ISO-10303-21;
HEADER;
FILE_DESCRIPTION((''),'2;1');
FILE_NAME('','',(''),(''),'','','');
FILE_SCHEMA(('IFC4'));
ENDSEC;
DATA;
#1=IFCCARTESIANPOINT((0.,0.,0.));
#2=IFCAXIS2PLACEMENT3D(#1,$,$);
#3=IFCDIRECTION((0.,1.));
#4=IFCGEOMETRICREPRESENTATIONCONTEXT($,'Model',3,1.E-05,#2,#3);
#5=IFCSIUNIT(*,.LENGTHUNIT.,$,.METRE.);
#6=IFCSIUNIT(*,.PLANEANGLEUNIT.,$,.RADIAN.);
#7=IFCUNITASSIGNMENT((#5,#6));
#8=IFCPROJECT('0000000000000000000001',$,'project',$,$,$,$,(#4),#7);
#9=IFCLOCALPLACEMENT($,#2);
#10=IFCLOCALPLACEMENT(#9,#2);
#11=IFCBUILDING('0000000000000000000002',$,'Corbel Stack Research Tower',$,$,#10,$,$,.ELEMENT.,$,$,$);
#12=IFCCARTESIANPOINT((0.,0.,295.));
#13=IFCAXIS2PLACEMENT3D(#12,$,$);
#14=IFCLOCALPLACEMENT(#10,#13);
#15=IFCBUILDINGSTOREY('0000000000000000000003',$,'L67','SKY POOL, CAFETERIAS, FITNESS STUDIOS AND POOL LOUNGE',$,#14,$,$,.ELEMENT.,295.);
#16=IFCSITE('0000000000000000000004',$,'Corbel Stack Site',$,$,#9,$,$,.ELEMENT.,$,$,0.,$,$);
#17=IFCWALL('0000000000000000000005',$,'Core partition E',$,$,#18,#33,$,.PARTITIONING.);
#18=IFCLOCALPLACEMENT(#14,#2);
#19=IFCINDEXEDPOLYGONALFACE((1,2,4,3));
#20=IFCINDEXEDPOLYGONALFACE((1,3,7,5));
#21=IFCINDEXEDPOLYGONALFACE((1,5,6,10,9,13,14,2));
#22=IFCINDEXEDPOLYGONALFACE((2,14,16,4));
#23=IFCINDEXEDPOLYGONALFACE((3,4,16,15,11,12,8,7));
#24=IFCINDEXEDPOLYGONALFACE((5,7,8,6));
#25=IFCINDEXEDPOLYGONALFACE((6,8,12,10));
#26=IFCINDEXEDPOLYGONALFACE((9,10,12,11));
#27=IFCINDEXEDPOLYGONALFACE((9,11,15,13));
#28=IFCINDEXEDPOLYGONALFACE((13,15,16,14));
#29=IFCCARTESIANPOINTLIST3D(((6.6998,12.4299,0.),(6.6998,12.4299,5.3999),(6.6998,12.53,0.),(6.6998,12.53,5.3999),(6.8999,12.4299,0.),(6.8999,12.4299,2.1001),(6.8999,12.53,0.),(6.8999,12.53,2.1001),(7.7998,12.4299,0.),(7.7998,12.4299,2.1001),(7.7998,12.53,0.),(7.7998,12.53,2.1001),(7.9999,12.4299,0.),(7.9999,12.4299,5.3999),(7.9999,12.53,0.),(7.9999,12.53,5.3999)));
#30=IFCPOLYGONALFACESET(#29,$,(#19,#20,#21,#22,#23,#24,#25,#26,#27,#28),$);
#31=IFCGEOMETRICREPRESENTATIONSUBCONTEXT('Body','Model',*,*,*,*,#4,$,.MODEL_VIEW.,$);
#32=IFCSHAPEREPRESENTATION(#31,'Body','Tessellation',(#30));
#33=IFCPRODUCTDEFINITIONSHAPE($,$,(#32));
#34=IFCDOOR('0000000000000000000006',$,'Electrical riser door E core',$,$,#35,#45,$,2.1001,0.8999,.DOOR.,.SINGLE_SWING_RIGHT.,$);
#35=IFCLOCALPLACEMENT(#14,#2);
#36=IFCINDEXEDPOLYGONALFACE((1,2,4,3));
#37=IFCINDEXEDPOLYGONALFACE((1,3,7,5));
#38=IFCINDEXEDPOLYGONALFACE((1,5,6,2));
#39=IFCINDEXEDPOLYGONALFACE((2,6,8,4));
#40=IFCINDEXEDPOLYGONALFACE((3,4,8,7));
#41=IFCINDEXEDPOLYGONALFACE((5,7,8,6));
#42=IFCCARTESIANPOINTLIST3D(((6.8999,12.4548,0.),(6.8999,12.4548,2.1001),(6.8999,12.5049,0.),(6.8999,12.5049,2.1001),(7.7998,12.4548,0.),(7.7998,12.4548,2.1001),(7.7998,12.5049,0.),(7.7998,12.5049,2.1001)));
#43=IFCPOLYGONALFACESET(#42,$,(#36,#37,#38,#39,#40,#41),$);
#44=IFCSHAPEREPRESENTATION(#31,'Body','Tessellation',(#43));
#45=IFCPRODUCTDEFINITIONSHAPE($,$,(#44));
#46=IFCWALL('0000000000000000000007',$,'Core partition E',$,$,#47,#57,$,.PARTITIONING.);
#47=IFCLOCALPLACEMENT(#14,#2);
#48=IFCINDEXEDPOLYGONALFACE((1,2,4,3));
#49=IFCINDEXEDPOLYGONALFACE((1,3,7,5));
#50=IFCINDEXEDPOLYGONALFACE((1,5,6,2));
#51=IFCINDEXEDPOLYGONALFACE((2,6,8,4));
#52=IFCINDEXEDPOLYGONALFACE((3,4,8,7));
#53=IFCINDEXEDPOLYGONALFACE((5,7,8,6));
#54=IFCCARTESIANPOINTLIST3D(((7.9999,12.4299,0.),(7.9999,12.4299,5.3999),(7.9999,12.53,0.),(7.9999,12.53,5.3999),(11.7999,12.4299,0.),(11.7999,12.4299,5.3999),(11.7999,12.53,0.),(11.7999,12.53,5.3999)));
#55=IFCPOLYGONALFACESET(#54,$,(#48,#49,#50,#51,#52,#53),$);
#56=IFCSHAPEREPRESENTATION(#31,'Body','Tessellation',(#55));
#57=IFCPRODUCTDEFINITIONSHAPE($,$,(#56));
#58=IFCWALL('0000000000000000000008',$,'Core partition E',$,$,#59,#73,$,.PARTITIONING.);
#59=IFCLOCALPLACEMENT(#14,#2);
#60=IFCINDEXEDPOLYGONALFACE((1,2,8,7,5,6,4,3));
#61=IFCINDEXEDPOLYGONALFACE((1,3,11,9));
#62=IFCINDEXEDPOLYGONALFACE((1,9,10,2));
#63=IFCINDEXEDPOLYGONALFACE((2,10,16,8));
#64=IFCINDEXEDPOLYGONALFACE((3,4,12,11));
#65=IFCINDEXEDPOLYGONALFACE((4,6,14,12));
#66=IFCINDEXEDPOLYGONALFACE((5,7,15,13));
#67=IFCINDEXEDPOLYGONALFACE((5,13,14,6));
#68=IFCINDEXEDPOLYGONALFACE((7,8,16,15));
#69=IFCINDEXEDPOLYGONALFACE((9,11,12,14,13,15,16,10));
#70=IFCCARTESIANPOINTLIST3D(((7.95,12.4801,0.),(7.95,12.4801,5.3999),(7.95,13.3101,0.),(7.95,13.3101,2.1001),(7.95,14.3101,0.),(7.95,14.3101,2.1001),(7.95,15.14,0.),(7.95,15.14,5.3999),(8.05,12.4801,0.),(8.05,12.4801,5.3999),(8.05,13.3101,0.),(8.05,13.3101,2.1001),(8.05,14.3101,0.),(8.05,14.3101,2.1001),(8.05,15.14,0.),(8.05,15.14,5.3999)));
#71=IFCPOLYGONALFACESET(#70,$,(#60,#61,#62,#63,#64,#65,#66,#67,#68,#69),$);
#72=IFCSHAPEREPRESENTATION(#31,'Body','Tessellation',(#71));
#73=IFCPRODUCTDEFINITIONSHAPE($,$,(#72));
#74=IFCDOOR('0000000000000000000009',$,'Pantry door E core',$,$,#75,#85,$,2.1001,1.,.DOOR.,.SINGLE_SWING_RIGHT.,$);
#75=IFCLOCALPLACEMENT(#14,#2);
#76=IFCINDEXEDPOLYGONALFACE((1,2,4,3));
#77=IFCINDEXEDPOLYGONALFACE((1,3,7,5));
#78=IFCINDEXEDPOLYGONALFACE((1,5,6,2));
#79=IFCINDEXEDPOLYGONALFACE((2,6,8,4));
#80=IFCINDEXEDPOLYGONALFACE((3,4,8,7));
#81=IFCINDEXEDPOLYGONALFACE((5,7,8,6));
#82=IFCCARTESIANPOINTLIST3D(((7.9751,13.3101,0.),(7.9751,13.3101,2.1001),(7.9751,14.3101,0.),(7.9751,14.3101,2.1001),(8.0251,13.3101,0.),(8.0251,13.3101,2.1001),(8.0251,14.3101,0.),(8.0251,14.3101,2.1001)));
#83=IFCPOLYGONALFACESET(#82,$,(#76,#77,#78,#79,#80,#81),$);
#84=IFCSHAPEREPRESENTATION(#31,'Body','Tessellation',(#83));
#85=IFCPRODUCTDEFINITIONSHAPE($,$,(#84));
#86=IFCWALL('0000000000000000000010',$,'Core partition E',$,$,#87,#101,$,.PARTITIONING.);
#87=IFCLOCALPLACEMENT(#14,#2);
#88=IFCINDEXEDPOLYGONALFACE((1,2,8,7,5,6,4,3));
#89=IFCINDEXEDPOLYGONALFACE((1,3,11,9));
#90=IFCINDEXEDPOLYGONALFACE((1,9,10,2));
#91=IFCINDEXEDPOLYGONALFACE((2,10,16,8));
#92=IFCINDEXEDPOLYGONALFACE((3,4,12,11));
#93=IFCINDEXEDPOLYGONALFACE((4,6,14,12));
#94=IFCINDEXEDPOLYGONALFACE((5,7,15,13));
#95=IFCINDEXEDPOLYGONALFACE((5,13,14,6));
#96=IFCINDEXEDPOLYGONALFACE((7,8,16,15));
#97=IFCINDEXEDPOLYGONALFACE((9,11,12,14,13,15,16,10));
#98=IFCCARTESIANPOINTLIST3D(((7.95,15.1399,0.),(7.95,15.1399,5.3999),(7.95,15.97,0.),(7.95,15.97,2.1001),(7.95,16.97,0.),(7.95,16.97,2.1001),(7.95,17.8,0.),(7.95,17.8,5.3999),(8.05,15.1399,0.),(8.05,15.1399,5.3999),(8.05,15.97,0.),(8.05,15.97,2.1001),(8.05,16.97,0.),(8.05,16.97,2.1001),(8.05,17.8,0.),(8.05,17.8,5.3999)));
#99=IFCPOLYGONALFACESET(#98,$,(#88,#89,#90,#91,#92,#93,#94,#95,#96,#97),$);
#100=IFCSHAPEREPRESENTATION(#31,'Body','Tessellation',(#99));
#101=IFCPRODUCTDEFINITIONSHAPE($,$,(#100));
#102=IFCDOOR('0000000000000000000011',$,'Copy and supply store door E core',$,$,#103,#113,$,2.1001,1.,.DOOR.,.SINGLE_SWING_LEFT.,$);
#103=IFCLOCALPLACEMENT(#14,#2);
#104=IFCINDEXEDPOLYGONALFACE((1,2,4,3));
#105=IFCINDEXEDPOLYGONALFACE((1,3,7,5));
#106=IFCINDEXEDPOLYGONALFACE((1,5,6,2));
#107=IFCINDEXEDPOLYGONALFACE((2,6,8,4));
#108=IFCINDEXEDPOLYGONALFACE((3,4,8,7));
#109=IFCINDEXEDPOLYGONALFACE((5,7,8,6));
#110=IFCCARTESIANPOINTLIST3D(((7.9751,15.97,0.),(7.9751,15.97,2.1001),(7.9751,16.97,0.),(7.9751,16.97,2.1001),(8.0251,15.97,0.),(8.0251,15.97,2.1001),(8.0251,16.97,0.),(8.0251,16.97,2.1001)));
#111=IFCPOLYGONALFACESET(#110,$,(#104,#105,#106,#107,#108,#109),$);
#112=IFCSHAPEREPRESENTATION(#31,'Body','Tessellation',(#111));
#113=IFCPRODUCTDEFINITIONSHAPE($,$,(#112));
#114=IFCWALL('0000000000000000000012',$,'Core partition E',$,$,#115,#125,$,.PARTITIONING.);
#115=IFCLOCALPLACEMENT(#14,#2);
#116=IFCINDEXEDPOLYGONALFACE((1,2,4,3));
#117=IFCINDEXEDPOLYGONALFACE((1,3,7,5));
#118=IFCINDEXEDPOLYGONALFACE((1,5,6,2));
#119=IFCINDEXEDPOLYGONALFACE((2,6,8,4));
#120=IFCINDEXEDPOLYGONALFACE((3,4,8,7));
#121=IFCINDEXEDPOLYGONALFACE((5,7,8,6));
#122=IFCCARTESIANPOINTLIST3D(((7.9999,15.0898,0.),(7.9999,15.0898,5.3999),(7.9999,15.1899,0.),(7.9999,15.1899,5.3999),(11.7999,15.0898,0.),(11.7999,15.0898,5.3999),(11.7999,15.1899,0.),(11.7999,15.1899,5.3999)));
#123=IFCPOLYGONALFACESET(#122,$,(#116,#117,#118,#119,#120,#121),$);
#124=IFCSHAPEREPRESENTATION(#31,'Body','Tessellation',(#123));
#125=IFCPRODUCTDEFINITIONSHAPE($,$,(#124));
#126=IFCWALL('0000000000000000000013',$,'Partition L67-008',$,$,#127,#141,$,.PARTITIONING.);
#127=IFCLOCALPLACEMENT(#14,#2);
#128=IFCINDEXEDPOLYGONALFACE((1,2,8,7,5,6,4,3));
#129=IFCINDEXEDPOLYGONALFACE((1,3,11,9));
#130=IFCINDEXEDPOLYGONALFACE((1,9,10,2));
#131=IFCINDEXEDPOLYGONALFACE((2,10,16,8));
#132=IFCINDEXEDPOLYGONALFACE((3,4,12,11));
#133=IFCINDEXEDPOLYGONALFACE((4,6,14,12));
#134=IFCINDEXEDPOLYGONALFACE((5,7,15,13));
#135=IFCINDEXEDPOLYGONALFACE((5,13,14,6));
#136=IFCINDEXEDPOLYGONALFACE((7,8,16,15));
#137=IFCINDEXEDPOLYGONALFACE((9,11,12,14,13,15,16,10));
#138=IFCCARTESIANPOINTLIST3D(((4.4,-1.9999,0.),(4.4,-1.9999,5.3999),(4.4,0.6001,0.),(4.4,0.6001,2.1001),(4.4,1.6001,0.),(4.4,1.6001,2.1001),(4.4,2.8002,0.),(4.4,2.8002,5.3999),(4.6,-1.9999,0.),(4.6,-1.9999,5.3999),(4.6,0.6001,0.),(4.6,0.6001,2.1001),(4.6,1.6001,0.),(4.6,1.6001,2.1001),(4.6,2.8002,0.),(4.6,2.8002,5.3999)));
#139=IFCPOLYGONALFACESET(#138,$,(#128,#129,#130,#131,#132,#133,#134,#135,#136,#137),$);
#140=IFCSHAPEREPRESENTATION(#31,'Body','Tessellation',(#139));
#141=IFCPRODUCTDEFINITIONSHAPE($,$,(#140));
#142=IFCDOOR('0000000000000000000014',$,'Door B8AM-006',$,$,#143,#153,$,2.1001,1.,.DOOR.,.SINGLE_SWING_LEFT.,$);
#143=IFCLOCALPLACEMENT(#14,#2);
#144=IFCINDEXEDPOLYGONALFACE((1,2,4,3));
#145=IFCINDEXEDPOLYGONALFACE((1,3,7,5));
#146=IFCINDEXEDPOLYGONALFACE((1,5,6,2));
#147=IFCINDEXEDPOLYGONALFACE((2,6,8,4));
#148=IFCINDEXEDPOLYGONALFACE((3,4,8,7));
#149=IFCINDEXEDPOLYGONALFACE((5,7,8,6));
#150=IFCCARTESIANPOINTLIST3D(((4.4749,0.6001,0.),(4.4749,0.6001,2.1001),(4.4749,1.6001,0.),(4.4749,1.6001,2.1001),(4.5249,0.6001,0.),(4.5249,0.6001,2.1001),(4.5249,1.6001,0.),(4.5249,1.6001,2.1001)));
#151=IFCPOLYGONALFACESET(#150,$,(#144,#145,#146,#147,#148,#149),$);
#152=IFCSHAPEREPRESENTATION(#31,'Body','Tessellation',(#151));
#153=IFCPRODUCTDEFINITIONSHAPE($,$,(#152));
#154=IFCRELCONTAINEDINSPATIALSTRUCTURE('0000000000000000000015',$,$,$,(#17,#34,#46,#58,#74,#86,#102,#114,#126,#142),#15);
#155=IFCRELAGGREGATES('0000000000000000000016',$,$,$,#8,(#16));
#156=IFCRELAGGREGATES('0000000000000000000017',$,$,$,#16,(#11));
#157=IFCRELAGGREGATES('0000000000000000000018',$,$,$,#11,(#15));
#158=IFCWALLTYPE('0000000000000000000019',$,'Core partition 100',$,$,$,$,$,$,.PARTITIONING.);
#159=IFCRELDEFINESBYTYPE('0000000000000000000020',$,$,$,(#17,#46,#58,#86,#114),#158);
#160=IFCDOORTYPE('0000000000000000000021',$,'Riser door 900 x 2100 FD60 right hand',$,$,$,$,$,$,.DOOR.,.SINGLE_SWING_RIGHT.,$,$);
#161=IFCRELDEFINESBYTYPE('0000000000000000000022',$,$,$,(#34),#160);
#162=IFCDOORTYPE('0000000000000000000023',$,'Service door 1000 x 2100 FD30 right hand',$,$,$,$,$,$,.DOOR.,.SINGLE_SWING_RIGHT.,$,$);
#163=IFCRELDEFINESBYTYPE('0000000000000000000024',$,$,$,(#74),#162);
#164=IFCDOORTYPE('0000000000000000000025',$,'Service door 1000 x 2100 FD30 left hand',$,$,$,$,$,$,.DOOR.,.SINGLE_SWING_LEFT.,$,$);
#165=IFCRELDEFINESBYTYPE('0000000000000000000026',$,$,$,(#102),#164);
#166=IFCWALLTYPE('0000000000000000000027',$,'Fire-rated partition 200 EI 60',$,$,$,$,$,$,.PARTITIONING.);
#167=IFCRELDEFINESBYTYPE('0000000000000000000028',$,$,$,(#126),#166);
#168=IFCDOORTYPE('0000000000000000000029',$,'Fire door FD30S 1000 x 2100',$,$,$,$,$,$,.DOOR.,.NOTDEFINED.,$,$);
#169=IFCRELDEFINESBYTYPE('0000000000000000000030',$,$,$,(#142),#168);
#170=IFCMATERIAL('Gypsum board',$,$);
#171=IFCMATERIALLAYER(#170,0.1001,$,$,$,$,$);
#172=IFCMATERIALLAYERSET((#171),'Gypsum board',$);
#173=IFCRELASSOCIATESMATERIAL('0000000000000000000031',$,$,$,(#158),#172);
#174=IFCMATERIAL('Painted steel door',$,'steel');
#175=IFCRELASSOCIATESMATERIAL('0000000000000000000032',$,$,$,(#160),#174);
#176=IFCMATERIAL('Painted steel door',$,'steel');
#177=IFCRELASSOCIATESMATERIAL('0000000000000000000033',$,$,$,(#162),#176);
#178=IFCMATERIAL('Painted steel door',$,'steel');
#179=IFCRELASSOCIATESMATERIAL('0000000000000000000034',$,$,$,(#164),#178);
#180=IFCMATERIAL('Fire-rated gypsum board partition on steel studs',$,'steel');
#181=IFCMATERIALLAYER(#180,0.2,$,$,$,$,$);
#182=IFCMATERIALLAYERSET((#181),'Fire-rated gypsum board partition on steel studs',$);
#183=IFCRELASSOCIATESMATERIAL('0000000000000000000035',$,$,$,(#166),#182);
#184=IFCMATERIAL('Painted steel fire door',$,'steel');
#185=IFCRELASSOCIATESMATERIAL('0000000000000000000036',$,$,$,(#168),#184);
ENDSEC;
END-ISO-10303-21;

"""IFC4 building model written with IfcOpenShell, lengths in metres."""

from ifc_helpers import new_model, si_unit, direction, frame, frame_2d, origin, place, context, subcontext, project, spatial, rectangle, extrude, material, layer, layer_set, type_object, element, fill, save


model = new_model("IFC4")

# Units and contexts
model_context = context("Model", 3, precision=1e-05, world=origin(), true_north=direction((0.0, 1.0)))
body_context = subcontext(model_context, "Body", "Model", "MODEL_VIEW")
ifc_project = project(units=[si_unit("LENGTHUNIT", "METRE"), si_unit("PLANEANGLEUNIT", "RADIAN")], contexts=[model_context])

# Site, building, storey
site_placement = place(None, origin())
site = spatial("IfcSite", under=ifc_project, at=site_placement, Name="Corbel Stack Site", CompositionType="ELEMENT", RefElevation=0.0)
building_placement = place(site_placement, origin())
building = spatial("IfcBuilding", under=site, at=building_placement, Name="Corbel Stack Research Tower", CompositionType="ELEMENT")
storey_placement = place(building_placement, frame((0.0, 0.0, 295.0)))
storey = spatial("IfcBuildingStorey", under=building, at=storey_placement, Name="L67", Description="SKY POOL, CAFETERIAS, FITNESS STUDIOS AND POOL LOUNGE", CompositionType="ELEMENT", Elevation=295.0)

# Wall, opening, door
ifc_material_1 = material(Name="Gypsum board")
ifc_layer_1 = layer(ifc_material_1, 0.1001)
ifc_layer_set_1 = layer_set([ifc_layer_1], Name="Gypsum board")
wall_type_1 = type_object("IfcWallType", Name="Core partition 100", PredefinedType="PARTITIONING", material=ifc_layer_set_1)
wall_1_placement = place(storey_placement, frame((6.7, 12.48, 0.0), z_axis=(0.0, 0.0, 1.0), x_axis=(1.0, 0.0, 0.0)))
wall_1 = element("IfcWall", 1, at=wall_1_placement, inside=storey, type_object=wall_type_1, Name="Core partition E", PredefinedType="PARTITIONING", context=body_context, shape_type="SweptSolid", body=[
    extrude(rectangle(XDim=1.3, YDim=0.1001, at=frame_2d((0.6499, 0.0))), origin(), (0.0, 0.0, 1.0), 5.3999),
])
opening_1_placement = place(wall_1_placement, frame((0.2, 0.0, 0.0)))
opening_1 = element("IfcOpeningElement", 2, at=opening_1_placement, cuts=wall_1, PredefinedType="OPENING", context=body_context, shape_type="SweptSolid", body=[
    extrude(rectangle(XDim=0.8999, YDim=2.1001, at=frame_2d((0.45, 1.05))), frame((0.0, 0.0601, 0.0), z_axis=(0.0, -1.0, 0.0), x_axis=(1.0, 0.0, 0.0)), (0.0, 0.0, 1.0), 0.1201),
])
ifc_material_2 = material(Name="Painted steel door", Category="steel")
door_type_1 = type_object("IfcDoorType", Name="Riser door 900 x 2100 FD60 right hand", OperationType="SINGLE_SWING_RIGHT", PredefinedType="DOOR", material=ifc_material_2)
door_1_placement = place(opening_1_placement, origin())
door_1 = element("IfcDoor", 3, at=door_1_placement, inside=storey, type_object=door_type_1, Name="Electrical riser door E core", OperationType="SINGLE_SWING_RIGHT", OverallHeight=2.1001, OverallWidth=0.8999, PredefinedType="DOOR", context=body_context, shape_type="SweptSolid", body=[
    extrude(rectangle(XDim=0.8999, YDim=2.1001, at=frame_2d((0.45, 1.05))), frame((0.0, 0.0249, 0.0), z_axis=(0.0, -1.0, 0.0), x_axis=(1.0, 0.0, 0.0)), (0.0, 0.0, 1.0), 0.05),
])
fill(opening_1, door_1)

# Wall
wall_2_placement = place(storey_placement, frame((8.0, 12.48, 0.0), z_axis=(0.0, 0.0, 1.0), x_axis=(1.0, 0.0, 0.0)))
element("IfcWall", 4, at=wall_2_placement, inside=storey, type_object=wall_type_1, Name="Core partition E", PredefinedType="PARTITIONING", context=body_context, shape_type="SweptSolid", body=[
    extrude(rectangle(XDim=3.8, YDim=0.1001, at=frame_2d((1.8999, 0.0))), origin(), (0.0, 0.0, 1.0), 5.3999),
])

# Walls, openings, doors
wall_3_placement = place(storey_placement, frame((8.0, 12.48, 0.0), z_axis=(0.0, 0.0, 1.0), x_axis=(0.0, 1.0, 0.0)))
wall_3 = element("IfcWall", 5, at=wall_3_placement, inside=storey, type_object=wall_type_1, Name="Core partition E", PredefinedType="PARTITIONING", context=body_context, shape_type="SweptSolid", body=[
    extrude(rectangle(XDim=2.6599, YDim=0.1001, at=frame_2d((1.3301, 0.0))), origin(), (0.0, 0.0, 1.0), 5.3999),
])
opening_2_placement = place(wall_3_placement, frame((0.8301, 0.0, 0.0)))
opening_2 = element("IfcOpeningElement", 6, at=opening_2_placement, cuts=wall_3, PredefinedType="OPENING", context=body_context, shape_type="SweptSolid", body=[
    extrude(rectangle(XDim=1.0, YDim=2.1001, at=frame_2d((0.5, 1.05))), frame((0.0, 0.0601, 0.0), z_axis=(0.0, -1.0, 0.0), x_axis=(1.0, 0.0, 0.0)), (0.0, 0.0, 1.0), 0.1201),
])
ifc_material_3 = material(Name="Painted steel door", Category="steel")
door_type_2 = type_object("IfcDoorType", Name="Service door 1000 x 2100 FD30 right hand", OperationType="SINGLE_SWING_RIGHT", PredefinedType="DOOR", material=ifc_material_3)
door_2_placement = place(opening_2_placement, origin())
door_2 = element("IfcDoor", 7, at=door_2_placement, inside=storey, type_object=door_type_2, Name="Pantry door E core", OperationType="SINGLE_SWING_RIGHT", OverallHeight=2.1001, OverallWidth=1.0, PredefinedType="DOOR", context=body_context, shape_type="SweptSolid", body=[
    extrude(rectangle(XDim=1.0, YDim=2.1001, at=frame_2d((0.5, 1.05))), frame((0.0, 0.0249, 0.0), z_axis=(0.0, -1.0, 0.0), x_axis=(1.0, 0.0, 0.0)), (0.0, 0.0, 1.0), 0.05),
])
fill(opening_2, door_2)
wall_4_placement = place(storey_placement, frame((8.0, 15.1399, 0.0), z_axis=(0.0, 0.0, 1.0), x_axis=(0.0, 1.0, 0.0)))
wall_4 = element("IfcWall", 8, at=wall_4_placement, inside=storey, type_object=wall_type_1, Name="Core partition E", PredefinedType="PARTITIONING", context=body_context, shape_type="SweptSolid", body=[
    extrude(rectangle(XDim=2.6602, YDim=0.1001, at=frame_2d((1.3301, 0.0))), origin(), (0.0, 0.0, 1.0), 5.3999),
])
opening_3_placement = place(wall_4_placement, frame((0.8301, 0.0, 0.0)))
opening_3 = element("IfcOpeningElement", 9, at=opening_3_placement, cuts=wall_4, PredefinedType="OPENING", context=body_context, shape_type="SweptSolid", body=[
    extrude(rectangle(XDim=1.0, YDim=2.1001, at=frame_2d((0.5, 1.05))), frame((0.0, 0.0601, 0.0), z_axis=(0.0, -1.0, 0.0), x_axis=(1.0, 0.0, 0.0)), (0.0, 0.0, 1.0), 0.1201),
])
ifc_material_4 = material(Name="Painted steel door", Category="steel")
door_type_3 = type_object("IfcDoorType", Name="Service door 1000 x 2100 FD30 left hand", OperationType="SINGLE_SWING_LEFT", PredefinedType="DOOR", material=ifc_material_4)
door_3_placement = place(opening_3_placement, origin())
door_3 = element("IfcDoor", 10, at=door_3_placement, inside=storey, type_object=door_type_3, Name="Copy and supply store door E core", OperationType="SINGLE_SWING_LEFT", OverallHeight=2.1001, OverallWidth=1.0, PredefinedType="DOOR", context=body_context, shape_type="SweptSolid", body=[
    extrude(rectangle(XDim=1.0, YDim=2.1001, at=frame_2d((0.5, 1.05))), frame((0.0, 0.0249, 0.0), z_axis=(0.0, -1.0, 0.0), x_axis=(1.0, 0.0, 0.0)), (0.0, 0.0, 1.0), 0.05),
])
fill(opening_3, door_3)

# Wall
wall_5_placement = place(storey_placement, frame((8.0, 15.1399, 0.0), z_axis=(0.0, 0.0, 1.0), x_axis=(1.0, 0.0, 0.0)))
element("IfcWall", 11, at=wall_5_placement, inside=storey, type_object=wall_type_1, Name="Core partition E", PredefinedType="PARTITIONING", context=body_context, shape_type="SweptSolid", body=[
    extrude(rectangle(XDim=3.8, YDim=0.1001, at=frame_2d((1.8999, 0.0))), origin(), (0.0, 0.0, 1.0), 5.3999),
])

# Wall, opening, door
ifc_material_5 = material(Name="Fire-rated gypsum board partition on steel studs", Category="steel")
ifc_layer_2 = layer(ifc_material_5, 0.2)
ifc_layer_set_2 = layer_set([ifc_layer_2], Name="Fire-rated gypsum board partition on steel studs")
wall_type_2 = type_object("IfcWallType", Name="Fire-rated partition 200 EI 60", PredefinedType="PARTITIONING", material=ifc_layer_set_2)
wall_6_placement = place(storey_placement, frame((4.5, 2.8, 0.0), z_axis=(0.0, 0.0, 1.0), x_axis=(0.0, -1.0, 0.0)))
wall_6 = element("IfcWall", 12, at=wall_6_placement, inside=storey, type_object=wall_type_2, Name="Partition L67-008", PredefinedType="PARTITIONING", context=body_context, shape_type="SweptSolid", body=[
    extrude(rectangle(XDim=4.8, YDim=0.2, at=frame_2d((2.3999, 0.0))), origin(), (0.0, 0.0, 1.0), 5.3999),
])
opening_4_placement = place(wall_6_placement, frame((1.2, 0.0, 0.0)))
opening_4 = element("IfcOpeningElement", 13, at=opening_4_placement, cuts=wall_6, PredefinedType="OPENING", context=body_context, shape_type="SweptSolid", body=[
    extrude(rectangle(XDim=1.0, YDim=2.1001, at=frame_2d((0.5, 1.05))), frame((0.0, 0.1099, 0.0), z_axis=(0.0, -1.0, 0.0), x_axis=(1.0, 0.0, 0.0)), (0.0, 0.0, 1.0), 0.22),
])
ifc_material_6 = material(Name="Painted steel fire door", Category="steel")
door_type_4 = type_object("IfcDoorType", Name="Fire door FD30S 1000 x 2100", OperationType="NOTDEFINED", PredefinedType="DOOR", material=ifc_material_6)
door_4_placement = place(opening_4_placement, origin())
door_4 = element("IfcDoor", 14, at=door_4_placement, inside=storey, type_object=door_type_4, Name="Door B8AM-006", OperationType="SINGLE_SWING_LEFT", OverallHeight=2.1001, OverallWidth=1.0, PredefinedType="DOOR", context=body_context, shape_type="SweptSolid", body=[
    extrude(rectangle(XDim=1.0, YDim=2.1001, at=frame_2d((0.5, 1.05))), frame((0.0, 0.0249, 0.0), z_axis=(0.0, -1.0, 0.0), x_axis=(1.0, 0.0, 0.0)), (0.0, 0.0, 1.0), 0.05),
])
fill(opening_4, door_4)

save(model, "model.ifc")
